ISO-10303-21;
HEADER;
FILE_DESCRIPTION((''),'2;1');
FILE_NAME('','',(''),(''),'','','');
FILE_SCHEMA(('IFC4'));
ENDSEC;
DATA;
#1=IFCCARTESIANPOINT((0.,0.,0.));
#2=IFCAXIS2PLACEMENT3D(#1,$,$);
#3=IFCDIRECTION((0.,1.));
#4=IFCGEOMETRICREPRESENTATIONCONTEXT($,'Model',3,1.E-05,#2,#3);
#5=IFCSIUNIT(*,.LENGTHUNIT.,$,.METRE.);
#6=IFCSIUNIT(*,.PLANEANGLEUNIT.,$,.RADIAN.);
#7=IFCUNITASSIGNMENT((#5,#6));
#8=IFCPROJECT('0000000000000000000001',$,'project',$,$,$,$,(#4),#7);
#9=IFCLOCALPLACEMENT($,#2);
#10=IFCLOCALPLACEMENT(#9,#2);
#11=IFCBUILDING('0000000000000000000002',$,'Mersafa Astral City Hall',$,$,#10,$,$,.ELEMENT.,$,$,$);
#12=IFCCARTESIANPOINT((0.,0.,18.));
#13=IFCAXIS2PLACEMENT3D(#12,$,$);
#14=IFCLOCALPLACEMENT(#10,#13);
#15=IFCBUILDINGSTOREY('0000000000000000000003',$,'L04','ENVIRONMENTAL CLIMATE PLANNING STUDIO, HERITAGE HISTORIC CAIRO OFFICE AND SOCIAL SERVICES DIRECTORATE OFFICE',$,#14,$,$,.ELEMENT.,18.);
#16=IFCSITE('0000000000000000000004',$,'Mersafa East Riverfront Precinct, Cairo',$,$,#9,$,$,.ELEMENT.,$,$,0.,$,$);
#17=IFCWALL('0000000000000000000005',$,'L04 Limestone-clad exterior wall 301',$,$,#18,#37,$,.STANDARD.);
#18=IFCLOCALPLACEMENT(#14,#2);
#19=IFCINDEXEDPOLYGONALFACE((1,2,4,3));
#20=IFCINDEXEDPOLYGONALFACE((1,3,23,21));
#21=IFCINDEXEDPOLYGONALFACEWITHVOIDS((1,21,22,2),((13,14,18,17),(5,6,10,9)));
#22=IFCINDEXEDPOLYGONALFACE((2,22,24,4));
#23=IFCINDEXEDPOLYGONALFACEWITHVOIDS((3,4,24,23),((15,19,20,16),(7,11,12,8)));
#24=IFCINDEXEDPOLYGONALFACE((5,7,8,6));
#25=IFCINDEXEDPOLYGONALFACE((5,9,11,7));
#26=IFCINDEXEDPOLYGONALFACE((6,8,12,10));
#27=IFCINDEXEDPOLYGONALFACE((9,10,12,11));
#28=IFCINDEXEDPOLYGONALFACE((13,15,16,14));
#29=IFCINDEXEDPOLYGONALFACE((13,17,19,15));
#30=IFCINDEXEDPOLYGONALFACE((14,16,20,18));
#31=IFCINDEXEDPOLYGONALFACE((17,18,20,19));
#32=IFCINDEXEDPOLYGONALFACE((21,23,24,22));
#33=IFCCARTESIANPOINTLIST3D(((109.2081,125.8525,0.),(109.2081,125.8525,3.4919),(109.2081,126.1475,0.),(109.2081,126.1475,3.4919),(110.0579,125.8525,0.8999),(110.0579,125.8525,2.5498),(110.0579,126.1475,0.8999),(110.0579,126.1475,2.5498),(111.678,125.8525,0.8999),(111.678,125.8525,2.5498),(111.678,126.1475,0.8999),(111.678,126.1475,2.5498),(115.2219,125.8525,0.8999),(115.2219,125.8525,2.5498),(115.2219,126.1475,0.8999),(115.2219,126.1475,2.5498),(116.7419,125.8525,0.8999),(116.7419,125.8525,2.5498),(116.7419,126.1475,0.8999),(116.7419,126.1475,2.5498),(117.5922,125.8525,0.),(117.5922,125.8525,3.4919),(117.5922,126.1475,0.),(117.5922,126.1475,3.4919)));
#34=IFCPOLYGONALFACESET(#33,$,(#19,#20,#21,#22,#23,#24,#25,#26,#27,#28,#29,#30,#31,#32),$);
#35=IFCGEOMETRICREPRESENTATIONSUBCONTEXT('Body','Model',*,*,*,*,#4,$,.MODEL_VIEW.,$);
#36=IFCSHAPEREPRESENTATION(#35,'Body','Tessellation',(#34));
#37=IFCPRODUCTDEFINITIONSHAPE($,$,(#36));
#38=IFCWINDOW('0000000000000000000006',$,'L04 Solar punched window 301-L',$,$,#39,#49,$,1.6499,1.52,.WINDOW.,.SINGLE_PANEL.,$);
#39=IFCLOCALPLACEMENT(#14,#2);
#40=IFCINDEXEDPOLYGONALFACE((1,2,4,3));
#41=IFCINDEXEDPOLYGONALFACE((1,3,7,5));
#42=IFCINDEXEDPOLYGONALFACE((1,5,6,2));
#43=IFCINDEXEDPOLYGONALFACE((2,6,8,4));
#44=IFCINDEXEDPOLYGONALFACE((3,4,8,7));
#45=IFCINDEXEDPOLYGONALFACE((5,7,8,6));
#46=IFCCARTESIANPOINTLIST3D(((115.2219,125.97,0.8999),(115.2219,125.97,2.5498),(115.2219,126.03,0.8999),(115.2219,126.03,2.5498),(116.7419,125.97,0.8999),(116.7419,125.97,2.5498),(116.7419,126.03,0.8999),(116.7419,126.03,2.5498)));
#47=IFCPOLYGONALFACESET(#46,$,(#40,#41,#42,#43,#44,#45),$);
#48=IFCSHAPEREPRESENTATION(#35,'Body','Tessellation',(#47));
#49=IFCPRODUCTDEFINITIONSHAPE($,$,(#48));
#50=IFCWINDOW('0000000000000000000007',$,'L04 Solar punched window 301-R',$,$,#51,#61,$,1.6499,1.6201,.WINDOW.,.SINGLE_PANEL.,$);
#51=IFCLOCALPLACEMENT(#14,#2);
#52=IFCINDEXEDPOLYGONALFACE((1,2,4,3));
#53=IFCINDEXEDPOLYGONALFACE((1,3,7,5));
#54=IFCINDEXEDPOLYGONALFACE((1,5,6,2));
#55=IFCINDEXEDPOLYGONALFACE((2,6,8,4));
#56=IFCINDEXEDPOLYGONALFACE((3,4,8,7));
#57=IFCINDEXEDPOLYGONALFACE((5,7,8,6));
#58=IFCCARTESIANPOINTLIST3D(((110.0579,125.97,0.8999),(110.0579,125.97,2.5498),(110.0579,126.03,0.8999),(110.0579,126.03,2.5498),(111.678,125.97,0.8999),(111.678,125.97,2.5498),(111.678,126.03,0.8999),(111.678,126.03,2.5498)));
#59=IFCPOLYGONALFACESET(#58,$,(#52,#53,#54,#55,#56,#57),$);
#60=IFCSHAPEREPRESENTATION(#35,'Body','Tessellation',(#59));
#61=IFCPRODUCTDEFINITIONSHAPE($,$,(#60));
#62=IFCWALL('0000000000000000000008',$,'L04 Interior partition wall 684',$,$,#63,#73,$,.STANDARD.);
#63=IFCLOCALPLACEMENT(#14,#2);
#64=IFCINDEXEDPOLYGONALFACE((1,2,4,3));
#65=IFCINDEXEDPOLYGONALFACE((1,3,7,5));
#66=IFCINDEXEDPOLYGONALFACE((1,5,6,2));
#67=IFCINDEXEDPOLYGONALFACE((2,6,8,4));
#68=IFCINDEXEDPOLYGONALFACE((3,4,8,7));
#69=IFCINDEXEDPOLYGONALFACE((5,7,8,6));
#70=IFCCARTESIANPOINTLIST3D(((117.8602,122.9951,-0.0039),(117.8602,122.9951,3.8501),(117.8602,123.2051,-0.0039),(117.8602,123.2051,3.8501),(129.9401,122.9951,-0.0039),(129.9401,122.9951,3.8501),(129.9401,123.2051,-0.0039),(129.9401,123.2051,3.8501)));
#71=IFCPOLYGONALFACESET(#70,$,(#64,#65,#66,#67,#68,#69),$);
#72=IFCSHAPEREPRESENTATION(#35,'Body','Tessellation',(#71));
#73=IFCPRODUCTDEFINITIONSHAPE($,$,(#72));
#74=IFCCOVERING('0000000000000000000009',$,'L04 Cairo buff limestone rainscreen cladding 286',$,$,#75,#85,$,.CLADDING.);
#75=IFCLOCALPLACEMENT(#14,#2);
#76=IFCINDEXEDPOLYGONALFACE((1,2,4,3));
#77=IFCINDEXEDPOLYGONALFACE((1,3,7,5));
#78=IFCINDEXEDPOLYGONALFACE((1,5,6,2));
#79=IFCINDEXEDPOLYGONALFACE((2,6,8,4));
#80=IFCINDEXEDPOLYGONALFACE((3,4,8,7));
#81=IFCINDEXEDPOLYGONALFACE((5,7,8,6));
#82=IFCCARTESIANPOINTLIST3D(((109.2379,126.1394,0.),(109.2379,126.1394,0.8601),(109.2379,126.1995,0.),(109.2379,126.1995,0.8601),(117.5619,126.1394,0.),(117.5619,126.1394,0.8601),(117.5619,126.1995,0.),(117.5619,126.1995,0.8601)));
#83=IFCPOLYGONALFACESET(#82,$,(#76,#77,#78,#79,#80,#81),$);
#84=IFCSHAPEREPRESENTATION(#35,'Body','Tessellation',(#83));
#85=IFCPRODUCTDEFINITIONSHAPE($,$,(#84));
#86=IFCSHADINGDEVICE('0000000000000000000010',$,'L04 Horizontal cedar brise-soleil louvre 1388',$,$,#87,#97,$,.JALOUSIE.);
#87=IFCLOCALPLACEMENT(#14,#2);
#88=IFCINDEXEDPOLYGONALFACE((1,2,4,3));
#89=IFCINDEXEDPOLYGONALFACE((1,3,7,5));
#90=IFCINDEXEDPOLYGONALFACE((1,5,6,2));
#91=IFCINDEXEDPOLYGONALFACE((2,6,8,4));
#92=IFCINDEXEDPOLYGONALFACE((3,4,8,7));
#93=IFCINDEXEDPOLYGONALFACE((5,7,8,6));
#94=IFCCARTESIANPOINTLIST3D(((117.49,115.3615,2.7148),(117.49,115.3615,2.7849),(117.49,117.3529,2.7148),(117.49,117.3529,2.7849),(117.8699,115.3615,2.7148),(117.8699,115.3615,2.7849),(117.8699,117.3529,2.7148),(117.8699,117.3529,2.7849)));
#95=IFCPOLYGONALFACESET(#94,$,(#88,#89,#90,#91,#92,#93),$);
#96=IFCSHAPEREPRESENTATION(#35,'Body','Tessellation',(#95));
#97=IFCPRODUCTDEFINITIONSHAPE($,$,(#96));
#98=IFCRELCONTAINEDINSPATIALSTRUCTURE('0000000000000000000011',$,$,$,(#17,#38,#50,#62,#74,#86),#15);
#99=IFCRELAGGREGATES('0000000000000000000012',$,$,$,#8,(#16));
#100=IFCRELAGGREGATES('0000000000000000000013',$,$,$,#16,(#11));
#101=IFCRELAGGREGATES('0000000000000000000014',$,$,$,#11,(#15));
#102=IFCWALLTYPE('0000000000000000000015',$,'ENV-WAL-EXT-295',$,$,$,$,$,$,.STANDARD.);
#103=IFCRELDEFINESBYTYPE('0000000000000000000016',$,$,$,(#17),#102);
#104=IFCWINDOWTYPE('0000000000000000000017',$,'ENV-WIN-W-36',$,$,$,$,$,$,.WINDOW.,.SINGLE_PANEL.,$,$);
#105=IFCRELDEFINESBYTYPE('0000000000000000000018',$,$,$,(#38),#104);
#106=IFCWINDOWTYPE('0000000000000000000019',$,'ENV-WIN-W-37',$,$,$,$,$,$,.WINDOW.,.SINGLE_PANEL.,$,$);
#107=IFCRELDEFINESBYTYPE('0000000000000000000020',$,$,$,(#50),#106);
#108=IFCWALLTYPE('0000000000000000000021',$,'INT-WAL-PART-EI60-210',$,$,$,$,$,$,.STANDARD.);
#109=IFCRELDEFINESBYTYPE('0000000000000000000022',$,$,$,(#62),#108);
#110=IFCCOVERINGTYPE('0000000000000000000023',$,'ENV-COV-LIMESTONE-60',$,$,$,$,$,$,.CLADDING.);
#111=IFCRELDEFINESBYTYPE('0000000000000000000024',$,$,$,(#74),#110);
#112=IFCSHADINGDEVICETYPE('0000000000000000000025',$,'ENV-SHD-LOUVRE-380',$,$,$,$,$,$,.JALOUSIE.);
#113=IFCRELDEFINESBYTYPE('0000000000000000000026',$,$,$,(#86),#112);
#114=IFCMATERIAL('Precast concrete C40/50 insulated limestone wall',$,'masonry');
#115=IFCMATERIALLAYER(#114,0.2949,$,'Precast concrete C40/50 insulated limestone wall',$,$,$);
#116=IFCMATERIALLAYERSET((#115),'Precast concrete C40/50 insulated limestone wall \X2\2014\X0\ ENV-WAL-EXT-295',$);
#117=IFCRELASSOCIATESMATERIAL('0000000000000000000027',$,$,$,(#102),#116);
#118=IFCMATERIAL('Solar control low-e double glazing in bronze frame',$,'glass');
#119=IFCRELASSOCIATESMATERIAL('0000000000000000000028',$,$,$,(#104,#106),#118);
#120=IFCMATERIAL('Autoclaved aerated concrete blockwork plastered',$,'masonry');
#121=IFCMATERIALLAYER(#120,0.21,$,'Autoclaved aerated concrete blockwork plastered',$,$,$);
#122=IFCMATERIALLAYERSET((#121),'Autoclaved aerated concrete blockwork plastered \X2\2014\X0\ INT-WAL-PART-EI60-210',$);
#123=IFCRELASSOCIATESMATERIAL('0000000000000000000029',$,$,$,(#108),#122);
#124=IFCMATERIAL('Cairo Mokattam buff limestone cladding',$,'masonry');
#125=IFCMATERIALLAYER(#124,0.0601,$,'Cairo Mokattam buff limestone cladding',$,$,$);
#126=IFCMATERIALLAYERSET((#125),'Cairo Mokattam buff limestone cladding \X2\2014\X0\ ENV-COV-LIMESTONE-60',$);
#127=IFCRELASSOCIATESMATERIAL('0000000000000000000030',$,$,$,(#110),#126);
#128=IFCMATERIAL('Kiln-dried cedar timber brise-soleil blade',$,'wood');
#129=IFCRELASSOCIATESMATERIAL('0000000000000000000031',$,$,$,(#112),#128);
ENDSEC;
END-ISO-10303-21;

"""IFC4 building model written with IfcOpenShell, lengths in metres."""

from ifc_helpers import new_model, si_unit, direction, frame, frame_2d, origin, origin_2d, place, context, subcontext, project, spatial, rectangle, extrude, material, layer, layer_set, type_object, element, fill, save


model = new_model("IFC4")

# Units and contexts
model_context = context("Model", 3, precision=1e-05, world=origin(), true_north=direction((0.0, 1.0)))
body_context = subcontext(model_context, "Body", "Model", "MODEL_VIEW")
ifc_project = project(units=[si_unit("LENGTHUNIT", "METRE"), si_unit("PLANEANGLEUNIT", "RADIAN")], contexts=[model_context])

# Site, building, storey
site_placement = place(None, origin())
site = spatial("IfcSite", under=ifc_project, at=site_placement, Name="Mersafa East Riverfront Precinct, Cairo", CompositionType="ELEMENT", RefElevation=0.0)
building_placement = place(site_placement, origin())
building = spatial("IfcBuilding", under=site, at=building_placement, Name="Mersafa Astral City Hall", CompositionType="ELEMENT")
storey_placement = place(building_placement, frame((0.0, 0.0, 18.0)))
storey = spatial("IfcBuildingStorey", under=building, at=storey_placement, Name="L04", Description="ENVIRONMENTAL CLIMATE PLANNING STUDIO, HERITAGE HISTORIC CAIRO OFFICE AND SOCIAL SERVICES DIRECTORATE OFFICE", CompositionType="ELEMENT", Elevation=18.0)

# Wall, openings, windows
ifc_material_1 = material(Name="Solar control low-e double glazing in bronze frame", Category="glass")
ifc_material_2 = material(Name="Precast concrete C40/50 insulated limestone wall", Category="masonry")
ifc_layer_1 = layer(ifc_material_2, 0.2949, Name="Precast concrete C40/50 insulated limestone wall")
ifc_layer_set_1 = layer_set([ifc_layer_1], Name="Precast concrete C40/50 insulated limestone wall — ENV-WAL-EXT-295")
wall_type_1 = type_object("IfcWallType", Name="ENV-WAL-EXT-295", PredefinedType="STANDARD", material=ifc_layer_set_1)
wall_1_placement = place(storey_placement, frame((117.592, 126.0, 0.0), z_axis=(0.0, 0.0, 1.0), x_axis=(-1.0, 0.0, 0.0)))
wall_1 = element("IfcWall", 1, at=wall_1_placement, inside=storey, type_object=wall_type_1, Name="L04 Limestone-clad exterior wall 301", PredefinedType="STANDARD", context=body_context, shape_type="SweptSolid", body=[
    extrude(rectangle(XDim=8.384, YDim=0.2949, at=frame_2d((4.1919, 0.0))), origin(), (0.0, 0.0, 1.0), 3.4919),
])
opening_1_placement = place(wall_1_placement, frame((0.8501, 0.0, 0.8999)))
opening_1 = element("IfcOpeningElement", 2, at=opening_1_placement, cuts=wall_1, PredefinedType="OPENING", context=body_context, shape_type="SweptSolid", body=[
    extrude(rectangle(XDim=1.52, YDim=1.6499, at=frame_2d((0.76, 0.825))), frame((0.0, 0.1575, 0.0), z_axis=(0.0, -1.0, 0.0), x_axis=(1.0, 0.0, 0.0)), (0.0, 0.0, 1.0), 0.3149),
])
opening_2_placement = place(wall_1_placement, frame((5.9141, 0.0, 0.8999)))
opening_2 = element("IfcOpeningElement", 3, at=opening_2_placement, cuts=wall_1, PredefinedType="OPENING", context=body_context, shape_type="SweptSolid", body=[
    extrude(rectangle(XDim=1.6201, YDim=1.6499, at=frame_2d((0.8101, 0.825))), frame((0.0, 0.1575, 0.0), z_axis=(0.0, -1.0, 0.0), x_axis=(1.0, 0.0, 0.0)), (0.0, 0.0, 1.0), 0.3149),
])
window_type_1 = type_object("IfcWindowType", Name="ENV-WIN-W-36", PartitioningType="SINGLE_PANEL", PredefinedType="WINDOW", material=ifc_material_1)
window_1_placement = place(opening_1_placement, origin())
window_1 = element("IfcWindow", 4, at=window_1_placement, inside=storey, type_object=window_type_1, Name="L04 Solar punched window 301-L", OverallHeight=1.6499, OverallWidth=1.52, PartitioningType="SINGLE_PANEL", PredefinedType="WINDOW", context=body_context, shape_type="SweptSolid", body=[
    extrude(rectangle(XDim=1.52, YDim=1.6499, at=frame_2d((0.76, 0.825))), frame((0.0, 0.03, 0.0), z_axis=(0.0, -1.0, 0.0), x_axis=(1.0, 0.0, 0.0)), (0.0, 0.0, 1.0), 0.0601),
])
fill(opening_1, window_1)
window_type_2 = type_object("IfcWindowType", Name="ENV-WIN-W-37", PartitioningType="SINGLE_PANEL", PredefinedType="WINDOW", material=ifc_material_1)
window_2_placement = place(opening_2_placement, origin())
window_2 = element("IfcWindow", 5, at=window_2_placement, inside=storey, type_object=window_type_2, Name="L04 Solar punched window 301-R", OverallHeight=1.6499, OverallWidth=1.6201, PartitioningType="SINGLE_PANEL", PredefinedType="WINDOW", context=body_context, shape_type="SweptSolid", body=[
    extrude(rectangle(XDim=1.6201, YDim=1.6499, at=frame_2d((0.8101, 0.825))), frame((0.0, 0.03, 0.0), z_axis=(0.0, -1.0, 0.0), x_axis=(1.0, 0.0, 0.0)), (0.0, 0.0, 1.0), 0.0601),
])
fill(opening_2, window_2)

# Wall
ifc_material_3 = material(Name="Autoclaved aerated concrete blockwork plastered", Category="masonry")
ifc_layer_2 = layer(ifc_material_3, 0.21, Name="Autoclaved aerated concrete blockwork plastered")
ifc_layer_set_2 = layer_set([ifc_layer_2], Name="Autoclaved aerated concrete blockwork plastered — INT-WAL-PART-EI60-210")
wall_type_2 = type_object("IfcWallType", Name="INT-WAL-PART-EI60-210", PredefinedType="STANDARD", material=ifc_layer_set_2)
wall_2_placement = place(storey_placement, frame((117.8601, 123.1001, -0.0039), z_axis=(0.0, 0.0, 1.0), x_axis=(1.0, 0.0, 0.0)))
element("IfcWall", 6, at=wall_2_placement, inside=storey, type_object=wall_type_2, Name="L04 Interior partition wall 684", PredefinedType="STANDARD", context=body_context, shape_type="SweptSolid", body=[
    extrude(rectangle(XDim=12.0798, YDim=0.21, at=frame_2d((6.04, 0.0))), origin(), (0.0, 0.0, 1.0), 3.854),
])

# Covering
ifc_material_4 = material(Name="Cairo Mokattam buff limestone cladding", Category="masonry")
ifc_layer_3 = layer(ifc_material_4, 0.0601, Name="Cairo Mokattam buff limestone cladding")
ifc_layer_set_3 = layer_set([ifc_layer_3], Name="Cairo Mokattam buff limestone cladding — ENV-COV-LIMESTONE-60")
covering_type = type_object("IfcCoveringType", Name="ENV-COV-LIMESTONE-60", PredefinedType="CLADDING", material=ifc_layer_set_3)
covering_placement = place(storey_placement, frame((113.3999, 126.1694, 0.0), z_axis=(0.0, 0.0, 1.0), x_axis=(-1.0, 0.0, 0.0)))
element("IfcCovering", 7, at=covering_placement, inside=storey, type_object=covering_type, Name="L04 Cairo buff limestone rainscreen cladding 286", PredefinedType="CLADDING", context=body_context, shape_type="SweptSolid", body=[
    extrude(rectangle(XDim=8.324, YDim=0.0601, at=origin_2d()), origin(), (0.0, 0.0, 1.0), 0.8601),
])

# Shading device
ifc_material_5 = material(Name="Kiln-dried cedar timber brise-soleil blade", Category="wood")
shading_device_type = type_object("IfcShadingDeviceType", Name="ENV-SHD-LOUVRE-380", PredefinedType="JALOUSIE", material=ifc_material_5)
shading_device_placement = place(storey_placement, frame((117.6799, 116.3572, 2.7148), z_axis=(0.0, 0.0, 1.0), x_axis=(0.0, 1.0, 0.0)))
element("IfcShadingDevice", 8, at=shading_device_placement, inside=storey, type_object=shading_device_type, Name="L04 Horizontal cedar brise-soleil louvre 1388", PredefinedType="JALOUSIE", context=body_context, shape_type="SweptSolid", body=[
    extrude(rectangle(XDim=1.9915, YDim=0.3799, at=origin_2d()), origin(), (0.0, 0.0, 1.0), 0.0701),
])

save(model, "model.ifc")
